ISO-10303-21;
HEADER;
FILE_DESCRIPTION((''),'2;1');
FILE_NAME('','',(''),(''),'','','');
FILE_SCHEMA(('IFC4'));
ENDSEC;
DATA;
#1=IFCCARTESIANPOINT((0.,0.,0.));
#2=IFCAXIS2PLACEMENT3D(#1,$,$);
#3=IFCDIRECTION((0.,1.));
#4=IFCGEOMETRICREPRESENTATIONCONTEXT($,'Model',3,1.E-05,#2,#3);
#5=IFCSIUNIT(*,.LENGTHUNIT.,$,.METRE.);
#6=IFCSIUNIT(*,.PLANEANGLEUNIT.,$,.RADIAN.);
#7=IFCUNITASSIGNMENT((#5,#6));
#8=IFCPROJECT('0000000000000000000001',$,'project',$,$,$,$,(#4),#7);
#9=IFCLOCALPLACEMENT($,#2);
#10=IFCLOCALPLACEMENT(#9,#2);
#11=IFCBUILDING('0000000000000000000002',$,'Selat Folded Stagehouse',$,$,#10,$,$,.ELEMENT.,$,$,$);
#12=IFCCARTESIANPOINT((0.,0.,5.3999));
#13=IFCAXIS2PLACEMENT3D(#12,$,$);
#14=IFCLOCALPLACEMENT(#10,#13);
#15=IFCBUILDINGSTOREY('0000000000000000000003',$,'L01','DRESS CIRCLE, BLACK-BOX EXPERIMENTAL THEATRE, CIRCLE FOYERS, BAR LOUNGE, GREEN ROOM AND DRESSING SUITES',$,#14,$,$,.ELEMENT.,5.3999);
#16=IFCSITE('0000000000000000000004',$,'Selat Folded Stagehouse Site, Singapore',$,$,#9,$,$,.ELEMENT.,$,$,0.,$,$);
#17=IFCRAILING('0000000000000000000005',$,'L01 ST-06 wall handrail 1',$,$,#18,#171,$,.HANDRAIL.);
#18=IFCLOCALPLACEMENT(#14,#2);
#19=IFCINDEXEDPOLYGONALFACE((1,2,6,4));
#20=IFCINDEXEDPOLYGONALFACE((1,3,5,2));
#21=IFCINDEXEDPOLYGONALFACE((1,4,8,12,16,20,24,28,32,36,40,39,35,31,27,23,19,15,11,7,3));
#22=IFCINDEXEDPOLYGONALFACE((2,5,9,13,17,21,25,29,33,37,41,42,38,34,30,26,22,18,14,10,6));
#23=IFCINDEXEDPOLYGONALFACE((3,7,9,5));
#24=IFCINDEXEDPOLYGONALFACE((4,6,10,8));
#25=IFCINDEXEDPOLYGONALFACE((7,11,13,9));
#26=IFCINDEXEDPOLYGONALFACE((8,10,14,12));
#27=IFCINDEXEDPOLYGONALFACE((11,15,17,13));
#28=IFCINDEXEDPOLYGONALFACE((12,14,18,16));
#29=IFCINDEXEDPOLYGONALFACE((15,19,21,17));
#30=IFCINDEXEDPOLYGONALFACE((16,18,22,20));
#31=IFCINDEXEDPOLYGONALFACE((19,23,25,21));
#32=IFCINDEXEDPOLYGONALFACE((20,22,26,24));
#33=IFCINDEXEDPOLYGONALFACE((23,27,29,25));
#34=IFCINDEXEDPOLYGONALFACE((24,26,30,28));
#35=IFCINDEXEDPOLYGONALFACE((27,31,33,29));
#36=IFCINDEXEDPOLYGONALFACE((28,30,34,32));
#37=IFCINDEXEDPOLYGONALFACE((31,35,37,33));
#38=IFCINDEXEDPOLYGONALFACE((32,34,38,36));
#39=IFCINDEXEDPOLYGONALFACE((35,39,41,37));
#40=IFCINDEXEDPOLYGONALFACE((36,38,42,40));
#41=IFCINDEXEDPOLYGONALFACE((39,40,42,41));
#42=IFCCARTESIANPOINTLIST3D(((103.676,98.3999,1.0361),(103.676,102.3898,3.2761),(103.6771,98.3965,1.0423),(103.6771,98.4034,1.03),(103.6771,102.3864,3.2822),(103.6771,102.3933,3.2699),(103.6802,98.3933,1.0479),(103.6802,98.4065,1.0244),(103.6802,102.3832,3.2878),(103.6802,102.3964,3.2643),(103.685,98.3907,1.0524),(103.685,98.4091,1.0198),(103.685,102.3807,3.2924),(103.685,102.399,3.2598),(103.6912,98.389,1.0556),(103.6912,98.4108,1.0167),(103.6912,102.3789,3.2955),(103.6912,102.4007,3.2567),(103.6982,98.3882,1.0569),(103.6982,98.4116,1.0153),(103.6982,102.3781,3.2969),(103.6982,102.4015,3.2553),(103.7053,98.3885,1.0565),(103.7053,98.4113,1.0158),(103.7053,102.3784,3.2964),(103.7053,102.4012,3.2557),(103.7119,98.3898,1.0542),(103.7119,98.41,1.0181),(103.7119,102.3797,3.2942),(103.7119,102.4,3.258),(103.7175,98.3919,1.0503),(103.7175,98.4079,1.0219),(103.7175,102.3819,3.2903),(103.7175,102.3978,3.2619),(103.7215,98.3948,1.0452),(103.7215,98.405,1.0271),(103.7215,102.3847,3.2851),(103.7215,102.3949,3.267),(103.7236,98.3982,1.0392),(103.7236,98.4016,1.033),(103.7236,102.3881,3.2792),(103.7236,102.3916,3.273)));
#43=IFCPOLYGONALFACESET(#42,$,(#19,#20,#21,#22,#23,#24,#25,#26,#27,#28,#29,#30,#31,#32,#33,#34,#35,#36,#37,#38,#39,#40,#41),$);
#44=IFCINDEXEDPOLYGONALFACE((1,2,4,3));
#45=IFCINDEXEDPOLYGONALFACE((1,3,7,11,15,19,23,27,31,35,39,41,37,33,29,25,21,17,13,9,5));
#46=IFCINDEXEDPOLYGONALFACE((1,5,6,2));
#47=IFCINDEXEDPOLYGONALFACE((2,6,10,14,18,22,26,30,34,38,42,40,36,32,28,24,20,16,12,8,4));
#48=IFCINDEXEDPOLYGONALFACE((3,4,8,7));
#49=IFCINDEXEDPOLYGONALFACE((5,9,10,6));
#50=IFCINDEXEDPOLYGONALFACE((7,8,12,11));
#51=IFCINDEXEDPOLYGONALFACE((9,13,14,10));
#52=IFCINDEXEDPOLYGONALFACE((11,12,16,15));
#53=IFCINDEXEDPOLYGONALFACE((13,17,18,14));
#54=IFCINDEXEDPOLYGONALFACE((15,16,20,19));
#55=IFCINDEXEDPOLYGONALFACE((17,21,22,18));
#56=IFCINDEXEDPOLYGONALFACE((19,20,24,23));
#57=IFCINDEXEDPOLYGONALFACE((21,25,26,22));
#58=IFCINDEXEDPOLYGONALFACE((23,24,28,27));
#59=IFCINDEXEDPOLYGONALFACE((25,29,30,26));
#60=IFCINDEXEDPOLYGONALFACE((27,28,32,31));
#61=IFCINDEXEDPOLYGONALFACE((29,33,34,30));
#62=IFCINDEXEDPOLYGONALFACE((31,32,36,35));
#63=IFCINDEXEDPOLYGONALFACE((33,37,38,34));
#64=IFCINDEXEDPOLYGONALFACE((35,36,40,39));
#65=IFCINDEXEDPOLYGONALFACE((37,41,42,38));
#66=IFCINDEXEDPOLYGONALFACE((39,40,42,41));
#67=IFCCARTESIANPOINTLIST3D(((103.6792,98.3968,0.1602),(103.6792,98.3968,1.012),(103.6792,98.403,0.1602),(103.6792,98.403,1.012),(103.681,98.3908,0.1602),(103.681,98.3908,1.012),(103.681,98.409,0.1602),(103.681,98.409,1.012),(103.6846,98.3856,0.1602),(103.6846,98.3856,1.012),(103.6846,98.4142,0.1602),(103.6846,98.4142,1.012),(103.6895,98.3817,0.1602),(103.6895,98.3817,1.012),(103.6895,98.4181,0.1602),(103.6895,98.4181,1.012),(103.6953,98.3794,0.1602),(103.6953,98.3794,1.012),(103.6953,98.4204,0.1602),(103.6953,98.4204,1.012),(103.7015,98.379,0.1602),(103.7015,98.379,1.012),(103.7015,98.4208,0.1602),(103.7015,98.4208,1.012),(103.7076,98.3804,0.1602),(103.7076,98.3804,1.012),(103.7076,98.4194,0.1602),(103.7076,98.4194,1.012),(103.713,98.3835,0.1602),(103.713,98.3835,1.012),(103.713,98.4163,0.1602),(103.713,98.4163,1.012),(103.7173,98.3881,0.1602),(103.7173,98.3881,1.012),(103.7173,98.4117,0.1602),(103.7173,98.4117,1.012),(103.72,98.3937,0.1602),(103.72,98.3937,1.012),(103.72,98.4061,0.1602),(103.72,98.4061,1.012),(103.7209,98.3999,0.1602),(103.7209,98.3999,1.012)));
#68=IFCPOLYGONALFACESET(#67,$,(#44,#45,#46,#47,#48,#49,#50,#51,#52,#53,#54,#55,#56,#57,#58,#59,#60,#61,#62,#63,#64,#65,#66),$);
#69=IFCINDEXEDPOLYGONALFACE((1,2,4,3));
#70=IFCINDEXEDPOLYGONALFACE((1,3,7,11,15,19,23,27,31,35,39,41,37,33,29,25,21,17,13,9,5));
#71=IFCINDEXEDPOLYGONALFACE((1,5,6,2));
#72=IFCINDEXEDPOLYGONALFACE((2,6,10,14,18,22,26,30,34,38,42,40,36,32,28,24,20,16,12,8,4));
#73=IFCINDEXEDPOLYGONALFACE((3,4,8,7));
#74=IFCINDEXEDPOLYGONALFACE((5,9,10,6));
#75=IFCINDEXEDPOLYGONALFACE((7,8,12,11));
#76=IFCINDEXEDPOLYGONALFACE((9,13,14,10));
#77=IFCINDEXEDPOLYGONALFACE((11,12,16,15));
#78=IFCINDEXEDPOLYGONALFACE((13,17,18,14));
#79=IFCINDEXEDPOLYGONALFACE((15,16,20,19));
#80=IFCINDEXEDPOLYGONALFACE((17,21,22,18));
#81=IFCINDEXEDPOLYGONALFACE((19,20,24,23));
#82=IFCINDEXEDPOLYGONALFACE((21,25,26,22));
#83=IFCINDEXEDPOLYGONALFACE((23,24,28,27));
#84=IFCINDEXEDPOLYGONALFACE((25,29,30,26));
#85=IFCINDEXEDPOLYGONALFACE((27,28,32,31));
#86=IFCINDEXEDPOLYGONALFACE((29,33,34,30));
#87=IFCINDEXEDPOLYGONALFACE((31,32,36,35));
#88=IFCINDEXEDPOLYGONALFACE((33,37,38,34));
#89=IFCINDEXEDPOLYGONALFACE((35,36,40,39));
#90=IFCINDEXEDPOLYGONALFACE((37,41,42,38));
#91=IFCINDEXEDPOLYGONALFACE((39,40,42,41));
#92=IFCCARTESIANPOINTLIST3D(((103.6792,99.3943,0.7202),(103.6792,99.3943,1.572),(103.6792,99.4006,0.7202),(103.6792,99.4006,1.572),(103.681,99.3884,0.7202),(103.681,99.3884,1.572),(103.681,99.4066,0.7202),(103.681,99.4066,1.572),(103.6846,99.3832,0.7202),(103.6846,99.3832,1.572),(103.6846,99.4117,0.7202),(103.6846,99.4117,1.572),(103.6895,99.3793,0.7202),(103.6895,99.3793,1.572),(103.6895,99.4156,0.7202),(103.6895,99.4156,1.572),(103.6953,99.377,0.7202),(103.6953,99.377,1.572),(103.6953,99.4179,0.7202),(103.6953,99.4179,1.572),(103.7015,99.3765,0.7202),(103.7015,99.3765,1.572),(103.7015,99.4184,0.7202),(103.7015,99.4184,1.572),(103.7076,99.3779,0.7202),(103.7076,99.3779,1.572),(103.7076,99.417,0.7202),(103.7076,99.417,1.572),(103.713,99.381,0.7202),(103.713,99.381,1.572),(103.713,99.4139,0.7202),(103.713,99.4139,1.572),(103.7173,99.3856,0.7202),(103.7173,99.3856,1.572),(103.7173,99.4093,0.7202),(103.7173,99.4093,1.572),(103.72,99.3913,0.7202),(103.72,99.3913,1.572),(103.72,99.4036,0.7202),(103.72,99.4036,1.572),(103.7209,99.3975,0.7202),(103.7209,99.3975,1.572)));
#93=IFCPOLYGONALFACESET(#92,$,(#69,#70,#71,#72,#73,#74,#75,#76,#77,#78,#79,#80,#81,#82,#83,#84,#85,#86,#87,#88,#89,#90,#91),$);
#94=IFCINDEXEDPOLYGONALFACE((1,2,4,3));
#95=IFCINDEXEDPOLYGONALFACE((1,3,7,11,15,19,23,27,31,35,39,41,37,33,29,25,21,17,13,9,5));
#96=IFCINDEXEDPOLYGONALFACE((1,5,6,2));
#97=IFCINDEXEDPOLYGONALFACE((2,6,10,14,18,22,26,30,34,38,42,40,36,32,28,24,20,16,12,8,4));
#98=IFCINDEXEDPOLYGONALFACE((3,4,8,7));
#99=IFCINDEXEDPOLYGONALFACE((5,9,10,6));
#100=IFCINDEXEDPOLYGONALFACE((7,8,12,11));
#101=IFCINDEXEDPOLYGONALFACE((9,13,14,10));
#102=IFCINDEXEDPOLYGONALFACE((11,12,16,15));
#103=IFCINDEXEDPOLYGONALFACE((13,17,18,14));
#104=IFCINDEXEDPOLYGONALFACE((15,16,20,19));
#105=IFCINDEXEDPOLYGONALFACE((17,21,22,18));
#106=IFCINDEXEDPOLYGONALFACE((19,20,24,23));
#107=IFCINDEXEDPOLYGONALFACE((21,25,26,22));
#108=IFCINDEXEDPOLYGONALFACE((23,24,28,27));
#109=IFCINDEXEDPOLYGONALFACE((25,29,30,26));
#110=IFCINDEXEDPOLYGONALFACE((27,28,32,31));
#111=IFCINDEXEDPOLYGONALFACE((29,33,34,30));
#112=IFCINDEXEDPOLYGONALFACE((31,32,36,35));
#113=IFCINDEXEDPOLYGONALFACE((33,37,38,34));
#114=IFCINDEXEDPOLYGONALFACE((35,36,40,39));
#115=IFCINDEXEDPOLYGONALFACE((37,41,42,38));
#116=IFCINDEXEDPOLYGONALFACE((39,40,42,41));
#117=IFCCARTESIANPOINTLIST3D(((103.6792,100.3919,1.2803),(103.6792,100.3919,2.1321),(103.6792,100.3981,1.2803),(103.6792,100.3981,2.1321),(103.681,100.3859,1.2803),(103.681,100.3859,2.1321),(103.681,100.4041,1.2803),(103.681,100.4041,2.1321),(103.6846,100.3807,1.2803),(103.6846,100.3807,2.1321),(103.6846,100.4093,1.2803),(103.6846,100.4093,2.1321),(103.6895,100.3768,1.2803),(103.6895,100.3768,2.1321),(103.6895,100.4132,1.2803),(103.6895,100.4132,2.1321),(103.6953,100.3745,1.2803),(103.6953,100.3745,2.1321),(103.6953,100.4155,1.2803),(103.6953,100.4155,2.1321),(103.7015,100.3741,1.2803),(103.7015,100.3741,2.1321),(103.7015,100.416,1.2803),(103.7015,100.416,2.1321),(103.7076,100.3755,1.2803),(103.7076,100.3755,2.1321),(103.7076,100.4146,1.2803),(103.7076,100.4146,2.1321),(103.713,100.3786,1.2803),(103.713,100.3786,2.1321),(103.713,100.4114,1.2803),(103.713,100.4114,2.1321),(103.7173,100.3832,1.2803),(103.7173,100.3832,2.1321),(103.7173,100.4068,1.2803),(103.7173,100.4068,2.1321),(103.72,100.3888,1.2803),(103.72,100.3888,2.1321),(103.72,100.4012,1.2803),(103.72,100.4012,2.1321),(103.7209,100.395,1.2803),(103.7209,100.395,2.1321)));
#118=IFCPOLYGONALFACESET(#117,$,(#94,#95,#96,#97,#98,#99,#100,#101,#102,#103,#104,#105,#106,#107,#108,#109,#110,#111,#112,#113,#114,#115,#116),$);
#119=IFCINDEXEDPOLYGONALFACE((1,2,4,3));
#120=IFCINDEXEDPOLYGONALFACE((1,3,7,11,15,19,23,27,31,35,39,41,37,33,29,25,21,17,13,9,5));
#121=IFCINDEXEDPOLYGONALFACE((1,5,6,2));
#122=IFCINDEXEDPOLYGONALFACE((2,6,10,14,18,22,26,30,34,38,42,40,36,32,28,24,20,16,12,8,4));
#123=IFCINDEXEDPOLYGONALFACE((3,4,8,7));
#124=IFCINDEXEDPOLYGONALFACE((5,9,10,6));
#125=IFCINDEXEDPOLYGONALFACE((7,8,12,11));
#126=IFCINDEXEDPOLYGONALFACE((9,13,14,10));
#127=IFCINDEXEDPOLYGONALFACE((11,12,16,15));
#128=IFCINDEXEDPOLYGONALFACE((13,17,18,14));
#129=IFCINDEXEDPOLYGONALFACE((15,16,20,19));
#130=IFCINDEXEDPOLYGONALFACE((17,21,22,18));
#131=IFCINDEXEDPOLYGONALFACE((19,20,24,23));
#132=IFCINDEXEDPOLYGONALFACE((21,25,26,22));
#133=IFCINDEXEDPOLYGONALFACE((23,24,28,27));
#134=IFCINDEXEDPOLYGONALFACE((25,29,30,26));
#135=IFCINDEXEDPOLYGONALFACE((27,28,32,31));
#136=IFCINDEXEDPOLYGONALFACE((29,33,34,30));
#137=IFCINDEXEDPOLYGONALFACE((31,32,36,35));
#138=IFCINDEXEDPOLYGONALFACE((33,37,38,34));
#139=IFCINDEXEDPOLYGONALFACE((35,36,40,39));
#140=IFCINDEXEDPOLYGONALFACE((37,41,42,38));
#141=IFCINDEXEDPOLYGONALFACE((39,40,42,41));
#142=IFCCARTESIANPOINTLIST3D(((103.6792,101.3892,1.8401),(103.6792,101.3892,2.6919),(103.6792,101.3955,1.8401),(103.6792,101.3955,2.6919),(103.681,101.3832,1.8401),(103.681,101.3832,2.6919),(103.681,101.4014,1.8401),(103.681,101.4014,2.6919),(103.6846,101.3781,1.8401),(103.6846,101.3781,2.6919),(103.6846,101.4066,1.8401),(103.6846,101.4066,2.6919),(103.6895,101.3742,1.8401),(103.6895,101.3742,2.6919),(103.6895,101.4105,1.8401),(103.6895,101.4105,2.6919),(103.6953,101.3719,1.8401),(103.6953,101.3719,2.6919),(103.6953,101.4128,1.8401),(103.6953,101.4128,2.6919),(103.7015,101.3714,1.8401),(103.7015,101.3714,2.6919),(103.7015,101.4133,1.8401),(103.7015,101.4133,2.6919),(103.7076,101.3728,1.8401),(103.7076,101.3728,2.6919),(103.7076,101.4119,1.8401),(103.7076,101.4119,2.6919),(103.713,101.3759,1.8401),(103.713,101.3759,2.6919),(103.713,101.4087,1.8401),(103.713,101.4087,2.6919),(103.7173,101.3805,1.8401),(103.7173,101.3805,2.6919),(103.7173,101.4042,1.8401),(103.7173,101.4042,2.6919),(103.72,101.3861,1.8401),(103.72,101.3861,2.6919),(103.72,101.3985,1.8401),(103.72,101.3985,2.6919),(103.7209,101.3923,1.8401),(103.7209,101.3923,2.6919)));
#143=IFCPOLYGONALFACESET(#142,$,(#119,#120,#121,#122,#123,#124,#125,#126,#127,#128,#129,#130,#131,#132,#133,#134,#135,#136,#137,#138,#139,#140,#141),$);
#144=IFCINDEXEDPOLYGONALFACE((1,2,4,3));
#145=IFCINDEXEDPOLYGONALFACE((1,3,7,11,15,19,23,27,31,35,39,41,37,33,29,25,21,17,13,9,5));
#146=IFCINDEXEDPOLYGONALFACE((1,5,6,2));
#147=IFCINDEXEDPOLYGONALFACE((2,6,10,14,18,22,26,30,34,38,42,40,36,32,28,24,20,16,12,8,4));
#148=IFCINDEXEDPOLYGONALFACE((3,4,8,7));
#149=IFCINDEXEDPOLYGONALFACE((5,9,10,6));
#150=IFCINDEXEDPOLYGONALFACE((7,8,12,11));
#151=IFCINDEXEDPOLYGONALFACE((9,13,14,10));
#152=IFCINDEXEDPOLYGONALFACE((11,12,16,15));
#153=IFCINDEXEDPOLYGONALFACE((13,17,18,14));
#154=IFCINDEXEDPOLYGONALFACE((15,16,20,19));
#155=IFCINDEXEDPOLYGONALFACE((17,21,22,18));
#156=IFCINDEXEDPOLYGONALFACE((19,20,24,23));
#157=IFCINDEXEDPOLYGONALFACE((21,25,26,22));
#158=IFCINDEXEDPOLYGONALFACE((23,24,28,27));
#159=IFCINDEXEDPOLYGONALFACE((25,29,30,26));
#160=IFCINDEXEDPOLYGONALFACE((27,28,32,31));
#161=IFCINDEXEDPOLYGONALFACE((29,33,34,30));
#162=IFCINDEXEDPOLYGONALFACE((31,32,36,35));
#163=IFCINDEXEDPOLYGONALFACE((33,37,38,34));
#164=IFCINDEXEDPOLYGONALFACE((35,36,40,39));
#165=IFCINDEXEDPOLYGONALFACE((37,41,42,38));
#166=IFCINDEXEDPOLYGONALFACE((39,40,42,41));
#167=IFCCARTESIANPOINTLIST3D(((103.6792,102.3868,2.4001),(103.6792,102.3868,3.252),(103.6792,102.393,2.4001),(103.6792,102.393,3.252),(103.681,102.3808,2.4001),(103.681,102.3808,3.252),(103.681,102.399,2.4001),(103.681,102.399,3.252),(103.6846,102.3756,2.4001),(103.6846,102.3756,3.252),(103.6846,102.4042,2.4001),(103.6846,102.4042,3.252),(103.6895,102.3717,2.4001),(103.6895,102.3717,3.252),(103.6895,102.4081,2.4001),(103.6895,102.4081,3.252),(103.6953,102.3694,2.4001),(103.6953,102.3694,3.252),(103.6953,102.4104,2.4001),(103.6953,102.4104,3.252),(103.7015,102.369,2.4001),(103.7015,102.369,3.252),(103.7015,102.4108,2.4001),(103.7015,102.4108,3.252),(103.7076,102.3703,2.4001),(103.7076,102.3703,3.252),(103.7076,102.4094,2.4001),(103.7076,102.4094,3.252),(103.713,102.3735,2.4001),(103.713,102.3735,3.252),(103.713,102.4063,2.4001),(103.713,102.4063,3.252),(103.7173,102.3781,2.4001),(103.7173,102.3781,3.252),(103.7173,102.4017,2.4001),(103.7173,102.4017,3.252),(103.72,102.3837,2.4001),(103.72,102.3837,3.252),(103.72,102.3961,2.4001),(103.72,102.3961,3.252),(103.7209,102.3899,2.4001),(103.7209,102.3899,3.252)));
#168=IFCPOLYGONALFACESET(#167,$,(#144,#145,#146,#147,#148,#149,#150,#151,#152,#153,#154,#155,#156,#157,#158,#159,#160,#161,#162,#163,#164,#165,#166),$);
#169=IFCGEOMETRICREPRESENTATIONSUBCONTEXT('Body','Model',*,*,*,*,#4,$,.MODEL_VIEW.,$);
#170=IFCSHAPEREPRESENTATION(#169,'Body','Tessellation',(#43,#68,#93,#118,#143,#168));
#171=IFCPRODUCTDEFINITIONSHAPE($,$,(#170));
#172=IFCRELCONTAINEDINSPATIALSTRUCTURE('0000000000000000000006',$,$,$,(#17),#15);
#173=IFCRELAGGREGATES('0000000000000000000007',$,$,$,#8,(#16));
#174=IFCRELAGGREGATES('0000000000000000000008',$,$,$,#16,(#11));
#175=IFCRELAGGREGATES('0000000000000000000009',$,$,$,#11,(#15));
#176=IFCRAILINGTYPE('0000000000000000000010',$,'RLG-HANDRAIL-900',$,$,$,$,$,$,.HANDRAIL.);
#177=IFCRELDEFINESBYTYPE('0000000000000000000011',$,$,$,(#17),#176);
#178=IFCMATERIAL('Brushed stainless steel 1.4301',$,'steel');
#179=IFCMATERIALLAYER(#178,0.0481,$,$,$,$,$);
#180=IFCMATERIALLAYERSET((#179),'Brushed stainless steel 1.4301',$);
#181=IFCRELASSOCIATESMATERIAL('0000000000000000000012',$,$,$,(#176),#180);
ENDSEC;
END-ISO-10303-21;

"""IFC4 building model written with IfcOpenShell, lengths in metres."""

from ifc_helpers import new_model, si_unit, direction, frame, origin, origin_2d, place, context, subcontext, project, spatial, circle, extrude, material, layer, layer_set, type_object, element, save


model = new_model("IFC4")

# Units and contexts
model_context = context("Model", 3, precision=1e-05, world=origin(), true_north=direction((0.0, 1.0)))
body_context = subcontext(model_context, "Body", "Model", "MODEL_VIEW")
ifc_project = project(units=[si_unit("LENGTHUNIT", "METRE"), si_unit("PLANEANGLEUNIT", "RADIAN")], contexts=[model_context])

# Site, building, storey
site_placement = place(None, origin())
site = spatial("IfcSite", under=ifc_project, at=site_placement, Name="Selat Folded Stagehouse Site, Singapore", CompositionType="ELEMENT", RefElevation=0.0)
building_placement = place(site_placement, origin())
building = spatial("IfcBuilding", under=site, at=building_placement, Name="Selat Folded Stagehouse", CompositionType="ELEMENT")
storey_placement = place(building_placement, frame((0.0, 0.0, 5.3999)))
storey = spatial("IfcBuildingStorey", under=building, at=storey_placement, Name="L01", Description="DRESS CIRCLE, BLACK-BOX EXPERIMENTAL THEATRE, CIRCLE FOYERS, BAR LOUNGE, GREEN ROOM AND DRESSING SUITES", CompositionType="ELEMENT", Elevation=5.3999)

# Railing
ifc_material_1 = material(Name="Brushed stainless steel 1.4301", Category="steel")
ifc_layer_1 = layer(ifc_material_1, 0.0481)
ifc_layer_set_1 = layer_set([ifc_layer_1], Name="Brushed stainless steel 1.4301")
railing_type_1 = type_object("IfcRailingType", Name="RLG-HANDRAIL-900", PredefinedType="HANDRAIL", material=ifc_layer_set_1)
railing_1_placement = place(storey_placement, frame((103.7, 98.3999, 0.1602)))
element("IfcRailing", 1, at=railing_1_placement, inside=storey, type_object=railing_type_1, Name="L01 ST-06 wall handrail 1", PredefinedType="HANDRAIL", context=body_context, shape_type="SweptSolid", body=[
    extrude(circle(Radius=0.0239, at=origin_2d()), frame((0.0, 0.0, 0.876), z_axis=(0.0, 0.871984, 0.489534), x_axis=(-1.0, 0.0, 0.0)), (0.0, 0.0, 1.0), 4.5757),
    extrude(circle(Radius=0.021, at=origin_2d()), origin(), (0.0, 0.0, 1.0), 0.8518),
    extrude(circle(Radius=0.021, at=origin_2d()), frame((0.0, 0.9976, 0.5601)), (0.0, 0.0, 1.0), 0.8518),
    extrude(circle(Radius=0.021, at=origin_2d()), frame((0.0, 1.9951, 1.1201)), (0.0, 0.0, 1.0), 0.8518),
    extrude(circle(Radius=0.021, at=origin_2d()), frame((0.0, 2.9924, 1.6799)), (0.0, 0.0, 1.0), 0.8518),
    extrude(circle(Radius=0.021, at=origin_2d()), frame((0.0, 3.99, 2.24)), (0.0, 0.0, 1.0), 0.8518),
])

save(model, "model.ifc")
